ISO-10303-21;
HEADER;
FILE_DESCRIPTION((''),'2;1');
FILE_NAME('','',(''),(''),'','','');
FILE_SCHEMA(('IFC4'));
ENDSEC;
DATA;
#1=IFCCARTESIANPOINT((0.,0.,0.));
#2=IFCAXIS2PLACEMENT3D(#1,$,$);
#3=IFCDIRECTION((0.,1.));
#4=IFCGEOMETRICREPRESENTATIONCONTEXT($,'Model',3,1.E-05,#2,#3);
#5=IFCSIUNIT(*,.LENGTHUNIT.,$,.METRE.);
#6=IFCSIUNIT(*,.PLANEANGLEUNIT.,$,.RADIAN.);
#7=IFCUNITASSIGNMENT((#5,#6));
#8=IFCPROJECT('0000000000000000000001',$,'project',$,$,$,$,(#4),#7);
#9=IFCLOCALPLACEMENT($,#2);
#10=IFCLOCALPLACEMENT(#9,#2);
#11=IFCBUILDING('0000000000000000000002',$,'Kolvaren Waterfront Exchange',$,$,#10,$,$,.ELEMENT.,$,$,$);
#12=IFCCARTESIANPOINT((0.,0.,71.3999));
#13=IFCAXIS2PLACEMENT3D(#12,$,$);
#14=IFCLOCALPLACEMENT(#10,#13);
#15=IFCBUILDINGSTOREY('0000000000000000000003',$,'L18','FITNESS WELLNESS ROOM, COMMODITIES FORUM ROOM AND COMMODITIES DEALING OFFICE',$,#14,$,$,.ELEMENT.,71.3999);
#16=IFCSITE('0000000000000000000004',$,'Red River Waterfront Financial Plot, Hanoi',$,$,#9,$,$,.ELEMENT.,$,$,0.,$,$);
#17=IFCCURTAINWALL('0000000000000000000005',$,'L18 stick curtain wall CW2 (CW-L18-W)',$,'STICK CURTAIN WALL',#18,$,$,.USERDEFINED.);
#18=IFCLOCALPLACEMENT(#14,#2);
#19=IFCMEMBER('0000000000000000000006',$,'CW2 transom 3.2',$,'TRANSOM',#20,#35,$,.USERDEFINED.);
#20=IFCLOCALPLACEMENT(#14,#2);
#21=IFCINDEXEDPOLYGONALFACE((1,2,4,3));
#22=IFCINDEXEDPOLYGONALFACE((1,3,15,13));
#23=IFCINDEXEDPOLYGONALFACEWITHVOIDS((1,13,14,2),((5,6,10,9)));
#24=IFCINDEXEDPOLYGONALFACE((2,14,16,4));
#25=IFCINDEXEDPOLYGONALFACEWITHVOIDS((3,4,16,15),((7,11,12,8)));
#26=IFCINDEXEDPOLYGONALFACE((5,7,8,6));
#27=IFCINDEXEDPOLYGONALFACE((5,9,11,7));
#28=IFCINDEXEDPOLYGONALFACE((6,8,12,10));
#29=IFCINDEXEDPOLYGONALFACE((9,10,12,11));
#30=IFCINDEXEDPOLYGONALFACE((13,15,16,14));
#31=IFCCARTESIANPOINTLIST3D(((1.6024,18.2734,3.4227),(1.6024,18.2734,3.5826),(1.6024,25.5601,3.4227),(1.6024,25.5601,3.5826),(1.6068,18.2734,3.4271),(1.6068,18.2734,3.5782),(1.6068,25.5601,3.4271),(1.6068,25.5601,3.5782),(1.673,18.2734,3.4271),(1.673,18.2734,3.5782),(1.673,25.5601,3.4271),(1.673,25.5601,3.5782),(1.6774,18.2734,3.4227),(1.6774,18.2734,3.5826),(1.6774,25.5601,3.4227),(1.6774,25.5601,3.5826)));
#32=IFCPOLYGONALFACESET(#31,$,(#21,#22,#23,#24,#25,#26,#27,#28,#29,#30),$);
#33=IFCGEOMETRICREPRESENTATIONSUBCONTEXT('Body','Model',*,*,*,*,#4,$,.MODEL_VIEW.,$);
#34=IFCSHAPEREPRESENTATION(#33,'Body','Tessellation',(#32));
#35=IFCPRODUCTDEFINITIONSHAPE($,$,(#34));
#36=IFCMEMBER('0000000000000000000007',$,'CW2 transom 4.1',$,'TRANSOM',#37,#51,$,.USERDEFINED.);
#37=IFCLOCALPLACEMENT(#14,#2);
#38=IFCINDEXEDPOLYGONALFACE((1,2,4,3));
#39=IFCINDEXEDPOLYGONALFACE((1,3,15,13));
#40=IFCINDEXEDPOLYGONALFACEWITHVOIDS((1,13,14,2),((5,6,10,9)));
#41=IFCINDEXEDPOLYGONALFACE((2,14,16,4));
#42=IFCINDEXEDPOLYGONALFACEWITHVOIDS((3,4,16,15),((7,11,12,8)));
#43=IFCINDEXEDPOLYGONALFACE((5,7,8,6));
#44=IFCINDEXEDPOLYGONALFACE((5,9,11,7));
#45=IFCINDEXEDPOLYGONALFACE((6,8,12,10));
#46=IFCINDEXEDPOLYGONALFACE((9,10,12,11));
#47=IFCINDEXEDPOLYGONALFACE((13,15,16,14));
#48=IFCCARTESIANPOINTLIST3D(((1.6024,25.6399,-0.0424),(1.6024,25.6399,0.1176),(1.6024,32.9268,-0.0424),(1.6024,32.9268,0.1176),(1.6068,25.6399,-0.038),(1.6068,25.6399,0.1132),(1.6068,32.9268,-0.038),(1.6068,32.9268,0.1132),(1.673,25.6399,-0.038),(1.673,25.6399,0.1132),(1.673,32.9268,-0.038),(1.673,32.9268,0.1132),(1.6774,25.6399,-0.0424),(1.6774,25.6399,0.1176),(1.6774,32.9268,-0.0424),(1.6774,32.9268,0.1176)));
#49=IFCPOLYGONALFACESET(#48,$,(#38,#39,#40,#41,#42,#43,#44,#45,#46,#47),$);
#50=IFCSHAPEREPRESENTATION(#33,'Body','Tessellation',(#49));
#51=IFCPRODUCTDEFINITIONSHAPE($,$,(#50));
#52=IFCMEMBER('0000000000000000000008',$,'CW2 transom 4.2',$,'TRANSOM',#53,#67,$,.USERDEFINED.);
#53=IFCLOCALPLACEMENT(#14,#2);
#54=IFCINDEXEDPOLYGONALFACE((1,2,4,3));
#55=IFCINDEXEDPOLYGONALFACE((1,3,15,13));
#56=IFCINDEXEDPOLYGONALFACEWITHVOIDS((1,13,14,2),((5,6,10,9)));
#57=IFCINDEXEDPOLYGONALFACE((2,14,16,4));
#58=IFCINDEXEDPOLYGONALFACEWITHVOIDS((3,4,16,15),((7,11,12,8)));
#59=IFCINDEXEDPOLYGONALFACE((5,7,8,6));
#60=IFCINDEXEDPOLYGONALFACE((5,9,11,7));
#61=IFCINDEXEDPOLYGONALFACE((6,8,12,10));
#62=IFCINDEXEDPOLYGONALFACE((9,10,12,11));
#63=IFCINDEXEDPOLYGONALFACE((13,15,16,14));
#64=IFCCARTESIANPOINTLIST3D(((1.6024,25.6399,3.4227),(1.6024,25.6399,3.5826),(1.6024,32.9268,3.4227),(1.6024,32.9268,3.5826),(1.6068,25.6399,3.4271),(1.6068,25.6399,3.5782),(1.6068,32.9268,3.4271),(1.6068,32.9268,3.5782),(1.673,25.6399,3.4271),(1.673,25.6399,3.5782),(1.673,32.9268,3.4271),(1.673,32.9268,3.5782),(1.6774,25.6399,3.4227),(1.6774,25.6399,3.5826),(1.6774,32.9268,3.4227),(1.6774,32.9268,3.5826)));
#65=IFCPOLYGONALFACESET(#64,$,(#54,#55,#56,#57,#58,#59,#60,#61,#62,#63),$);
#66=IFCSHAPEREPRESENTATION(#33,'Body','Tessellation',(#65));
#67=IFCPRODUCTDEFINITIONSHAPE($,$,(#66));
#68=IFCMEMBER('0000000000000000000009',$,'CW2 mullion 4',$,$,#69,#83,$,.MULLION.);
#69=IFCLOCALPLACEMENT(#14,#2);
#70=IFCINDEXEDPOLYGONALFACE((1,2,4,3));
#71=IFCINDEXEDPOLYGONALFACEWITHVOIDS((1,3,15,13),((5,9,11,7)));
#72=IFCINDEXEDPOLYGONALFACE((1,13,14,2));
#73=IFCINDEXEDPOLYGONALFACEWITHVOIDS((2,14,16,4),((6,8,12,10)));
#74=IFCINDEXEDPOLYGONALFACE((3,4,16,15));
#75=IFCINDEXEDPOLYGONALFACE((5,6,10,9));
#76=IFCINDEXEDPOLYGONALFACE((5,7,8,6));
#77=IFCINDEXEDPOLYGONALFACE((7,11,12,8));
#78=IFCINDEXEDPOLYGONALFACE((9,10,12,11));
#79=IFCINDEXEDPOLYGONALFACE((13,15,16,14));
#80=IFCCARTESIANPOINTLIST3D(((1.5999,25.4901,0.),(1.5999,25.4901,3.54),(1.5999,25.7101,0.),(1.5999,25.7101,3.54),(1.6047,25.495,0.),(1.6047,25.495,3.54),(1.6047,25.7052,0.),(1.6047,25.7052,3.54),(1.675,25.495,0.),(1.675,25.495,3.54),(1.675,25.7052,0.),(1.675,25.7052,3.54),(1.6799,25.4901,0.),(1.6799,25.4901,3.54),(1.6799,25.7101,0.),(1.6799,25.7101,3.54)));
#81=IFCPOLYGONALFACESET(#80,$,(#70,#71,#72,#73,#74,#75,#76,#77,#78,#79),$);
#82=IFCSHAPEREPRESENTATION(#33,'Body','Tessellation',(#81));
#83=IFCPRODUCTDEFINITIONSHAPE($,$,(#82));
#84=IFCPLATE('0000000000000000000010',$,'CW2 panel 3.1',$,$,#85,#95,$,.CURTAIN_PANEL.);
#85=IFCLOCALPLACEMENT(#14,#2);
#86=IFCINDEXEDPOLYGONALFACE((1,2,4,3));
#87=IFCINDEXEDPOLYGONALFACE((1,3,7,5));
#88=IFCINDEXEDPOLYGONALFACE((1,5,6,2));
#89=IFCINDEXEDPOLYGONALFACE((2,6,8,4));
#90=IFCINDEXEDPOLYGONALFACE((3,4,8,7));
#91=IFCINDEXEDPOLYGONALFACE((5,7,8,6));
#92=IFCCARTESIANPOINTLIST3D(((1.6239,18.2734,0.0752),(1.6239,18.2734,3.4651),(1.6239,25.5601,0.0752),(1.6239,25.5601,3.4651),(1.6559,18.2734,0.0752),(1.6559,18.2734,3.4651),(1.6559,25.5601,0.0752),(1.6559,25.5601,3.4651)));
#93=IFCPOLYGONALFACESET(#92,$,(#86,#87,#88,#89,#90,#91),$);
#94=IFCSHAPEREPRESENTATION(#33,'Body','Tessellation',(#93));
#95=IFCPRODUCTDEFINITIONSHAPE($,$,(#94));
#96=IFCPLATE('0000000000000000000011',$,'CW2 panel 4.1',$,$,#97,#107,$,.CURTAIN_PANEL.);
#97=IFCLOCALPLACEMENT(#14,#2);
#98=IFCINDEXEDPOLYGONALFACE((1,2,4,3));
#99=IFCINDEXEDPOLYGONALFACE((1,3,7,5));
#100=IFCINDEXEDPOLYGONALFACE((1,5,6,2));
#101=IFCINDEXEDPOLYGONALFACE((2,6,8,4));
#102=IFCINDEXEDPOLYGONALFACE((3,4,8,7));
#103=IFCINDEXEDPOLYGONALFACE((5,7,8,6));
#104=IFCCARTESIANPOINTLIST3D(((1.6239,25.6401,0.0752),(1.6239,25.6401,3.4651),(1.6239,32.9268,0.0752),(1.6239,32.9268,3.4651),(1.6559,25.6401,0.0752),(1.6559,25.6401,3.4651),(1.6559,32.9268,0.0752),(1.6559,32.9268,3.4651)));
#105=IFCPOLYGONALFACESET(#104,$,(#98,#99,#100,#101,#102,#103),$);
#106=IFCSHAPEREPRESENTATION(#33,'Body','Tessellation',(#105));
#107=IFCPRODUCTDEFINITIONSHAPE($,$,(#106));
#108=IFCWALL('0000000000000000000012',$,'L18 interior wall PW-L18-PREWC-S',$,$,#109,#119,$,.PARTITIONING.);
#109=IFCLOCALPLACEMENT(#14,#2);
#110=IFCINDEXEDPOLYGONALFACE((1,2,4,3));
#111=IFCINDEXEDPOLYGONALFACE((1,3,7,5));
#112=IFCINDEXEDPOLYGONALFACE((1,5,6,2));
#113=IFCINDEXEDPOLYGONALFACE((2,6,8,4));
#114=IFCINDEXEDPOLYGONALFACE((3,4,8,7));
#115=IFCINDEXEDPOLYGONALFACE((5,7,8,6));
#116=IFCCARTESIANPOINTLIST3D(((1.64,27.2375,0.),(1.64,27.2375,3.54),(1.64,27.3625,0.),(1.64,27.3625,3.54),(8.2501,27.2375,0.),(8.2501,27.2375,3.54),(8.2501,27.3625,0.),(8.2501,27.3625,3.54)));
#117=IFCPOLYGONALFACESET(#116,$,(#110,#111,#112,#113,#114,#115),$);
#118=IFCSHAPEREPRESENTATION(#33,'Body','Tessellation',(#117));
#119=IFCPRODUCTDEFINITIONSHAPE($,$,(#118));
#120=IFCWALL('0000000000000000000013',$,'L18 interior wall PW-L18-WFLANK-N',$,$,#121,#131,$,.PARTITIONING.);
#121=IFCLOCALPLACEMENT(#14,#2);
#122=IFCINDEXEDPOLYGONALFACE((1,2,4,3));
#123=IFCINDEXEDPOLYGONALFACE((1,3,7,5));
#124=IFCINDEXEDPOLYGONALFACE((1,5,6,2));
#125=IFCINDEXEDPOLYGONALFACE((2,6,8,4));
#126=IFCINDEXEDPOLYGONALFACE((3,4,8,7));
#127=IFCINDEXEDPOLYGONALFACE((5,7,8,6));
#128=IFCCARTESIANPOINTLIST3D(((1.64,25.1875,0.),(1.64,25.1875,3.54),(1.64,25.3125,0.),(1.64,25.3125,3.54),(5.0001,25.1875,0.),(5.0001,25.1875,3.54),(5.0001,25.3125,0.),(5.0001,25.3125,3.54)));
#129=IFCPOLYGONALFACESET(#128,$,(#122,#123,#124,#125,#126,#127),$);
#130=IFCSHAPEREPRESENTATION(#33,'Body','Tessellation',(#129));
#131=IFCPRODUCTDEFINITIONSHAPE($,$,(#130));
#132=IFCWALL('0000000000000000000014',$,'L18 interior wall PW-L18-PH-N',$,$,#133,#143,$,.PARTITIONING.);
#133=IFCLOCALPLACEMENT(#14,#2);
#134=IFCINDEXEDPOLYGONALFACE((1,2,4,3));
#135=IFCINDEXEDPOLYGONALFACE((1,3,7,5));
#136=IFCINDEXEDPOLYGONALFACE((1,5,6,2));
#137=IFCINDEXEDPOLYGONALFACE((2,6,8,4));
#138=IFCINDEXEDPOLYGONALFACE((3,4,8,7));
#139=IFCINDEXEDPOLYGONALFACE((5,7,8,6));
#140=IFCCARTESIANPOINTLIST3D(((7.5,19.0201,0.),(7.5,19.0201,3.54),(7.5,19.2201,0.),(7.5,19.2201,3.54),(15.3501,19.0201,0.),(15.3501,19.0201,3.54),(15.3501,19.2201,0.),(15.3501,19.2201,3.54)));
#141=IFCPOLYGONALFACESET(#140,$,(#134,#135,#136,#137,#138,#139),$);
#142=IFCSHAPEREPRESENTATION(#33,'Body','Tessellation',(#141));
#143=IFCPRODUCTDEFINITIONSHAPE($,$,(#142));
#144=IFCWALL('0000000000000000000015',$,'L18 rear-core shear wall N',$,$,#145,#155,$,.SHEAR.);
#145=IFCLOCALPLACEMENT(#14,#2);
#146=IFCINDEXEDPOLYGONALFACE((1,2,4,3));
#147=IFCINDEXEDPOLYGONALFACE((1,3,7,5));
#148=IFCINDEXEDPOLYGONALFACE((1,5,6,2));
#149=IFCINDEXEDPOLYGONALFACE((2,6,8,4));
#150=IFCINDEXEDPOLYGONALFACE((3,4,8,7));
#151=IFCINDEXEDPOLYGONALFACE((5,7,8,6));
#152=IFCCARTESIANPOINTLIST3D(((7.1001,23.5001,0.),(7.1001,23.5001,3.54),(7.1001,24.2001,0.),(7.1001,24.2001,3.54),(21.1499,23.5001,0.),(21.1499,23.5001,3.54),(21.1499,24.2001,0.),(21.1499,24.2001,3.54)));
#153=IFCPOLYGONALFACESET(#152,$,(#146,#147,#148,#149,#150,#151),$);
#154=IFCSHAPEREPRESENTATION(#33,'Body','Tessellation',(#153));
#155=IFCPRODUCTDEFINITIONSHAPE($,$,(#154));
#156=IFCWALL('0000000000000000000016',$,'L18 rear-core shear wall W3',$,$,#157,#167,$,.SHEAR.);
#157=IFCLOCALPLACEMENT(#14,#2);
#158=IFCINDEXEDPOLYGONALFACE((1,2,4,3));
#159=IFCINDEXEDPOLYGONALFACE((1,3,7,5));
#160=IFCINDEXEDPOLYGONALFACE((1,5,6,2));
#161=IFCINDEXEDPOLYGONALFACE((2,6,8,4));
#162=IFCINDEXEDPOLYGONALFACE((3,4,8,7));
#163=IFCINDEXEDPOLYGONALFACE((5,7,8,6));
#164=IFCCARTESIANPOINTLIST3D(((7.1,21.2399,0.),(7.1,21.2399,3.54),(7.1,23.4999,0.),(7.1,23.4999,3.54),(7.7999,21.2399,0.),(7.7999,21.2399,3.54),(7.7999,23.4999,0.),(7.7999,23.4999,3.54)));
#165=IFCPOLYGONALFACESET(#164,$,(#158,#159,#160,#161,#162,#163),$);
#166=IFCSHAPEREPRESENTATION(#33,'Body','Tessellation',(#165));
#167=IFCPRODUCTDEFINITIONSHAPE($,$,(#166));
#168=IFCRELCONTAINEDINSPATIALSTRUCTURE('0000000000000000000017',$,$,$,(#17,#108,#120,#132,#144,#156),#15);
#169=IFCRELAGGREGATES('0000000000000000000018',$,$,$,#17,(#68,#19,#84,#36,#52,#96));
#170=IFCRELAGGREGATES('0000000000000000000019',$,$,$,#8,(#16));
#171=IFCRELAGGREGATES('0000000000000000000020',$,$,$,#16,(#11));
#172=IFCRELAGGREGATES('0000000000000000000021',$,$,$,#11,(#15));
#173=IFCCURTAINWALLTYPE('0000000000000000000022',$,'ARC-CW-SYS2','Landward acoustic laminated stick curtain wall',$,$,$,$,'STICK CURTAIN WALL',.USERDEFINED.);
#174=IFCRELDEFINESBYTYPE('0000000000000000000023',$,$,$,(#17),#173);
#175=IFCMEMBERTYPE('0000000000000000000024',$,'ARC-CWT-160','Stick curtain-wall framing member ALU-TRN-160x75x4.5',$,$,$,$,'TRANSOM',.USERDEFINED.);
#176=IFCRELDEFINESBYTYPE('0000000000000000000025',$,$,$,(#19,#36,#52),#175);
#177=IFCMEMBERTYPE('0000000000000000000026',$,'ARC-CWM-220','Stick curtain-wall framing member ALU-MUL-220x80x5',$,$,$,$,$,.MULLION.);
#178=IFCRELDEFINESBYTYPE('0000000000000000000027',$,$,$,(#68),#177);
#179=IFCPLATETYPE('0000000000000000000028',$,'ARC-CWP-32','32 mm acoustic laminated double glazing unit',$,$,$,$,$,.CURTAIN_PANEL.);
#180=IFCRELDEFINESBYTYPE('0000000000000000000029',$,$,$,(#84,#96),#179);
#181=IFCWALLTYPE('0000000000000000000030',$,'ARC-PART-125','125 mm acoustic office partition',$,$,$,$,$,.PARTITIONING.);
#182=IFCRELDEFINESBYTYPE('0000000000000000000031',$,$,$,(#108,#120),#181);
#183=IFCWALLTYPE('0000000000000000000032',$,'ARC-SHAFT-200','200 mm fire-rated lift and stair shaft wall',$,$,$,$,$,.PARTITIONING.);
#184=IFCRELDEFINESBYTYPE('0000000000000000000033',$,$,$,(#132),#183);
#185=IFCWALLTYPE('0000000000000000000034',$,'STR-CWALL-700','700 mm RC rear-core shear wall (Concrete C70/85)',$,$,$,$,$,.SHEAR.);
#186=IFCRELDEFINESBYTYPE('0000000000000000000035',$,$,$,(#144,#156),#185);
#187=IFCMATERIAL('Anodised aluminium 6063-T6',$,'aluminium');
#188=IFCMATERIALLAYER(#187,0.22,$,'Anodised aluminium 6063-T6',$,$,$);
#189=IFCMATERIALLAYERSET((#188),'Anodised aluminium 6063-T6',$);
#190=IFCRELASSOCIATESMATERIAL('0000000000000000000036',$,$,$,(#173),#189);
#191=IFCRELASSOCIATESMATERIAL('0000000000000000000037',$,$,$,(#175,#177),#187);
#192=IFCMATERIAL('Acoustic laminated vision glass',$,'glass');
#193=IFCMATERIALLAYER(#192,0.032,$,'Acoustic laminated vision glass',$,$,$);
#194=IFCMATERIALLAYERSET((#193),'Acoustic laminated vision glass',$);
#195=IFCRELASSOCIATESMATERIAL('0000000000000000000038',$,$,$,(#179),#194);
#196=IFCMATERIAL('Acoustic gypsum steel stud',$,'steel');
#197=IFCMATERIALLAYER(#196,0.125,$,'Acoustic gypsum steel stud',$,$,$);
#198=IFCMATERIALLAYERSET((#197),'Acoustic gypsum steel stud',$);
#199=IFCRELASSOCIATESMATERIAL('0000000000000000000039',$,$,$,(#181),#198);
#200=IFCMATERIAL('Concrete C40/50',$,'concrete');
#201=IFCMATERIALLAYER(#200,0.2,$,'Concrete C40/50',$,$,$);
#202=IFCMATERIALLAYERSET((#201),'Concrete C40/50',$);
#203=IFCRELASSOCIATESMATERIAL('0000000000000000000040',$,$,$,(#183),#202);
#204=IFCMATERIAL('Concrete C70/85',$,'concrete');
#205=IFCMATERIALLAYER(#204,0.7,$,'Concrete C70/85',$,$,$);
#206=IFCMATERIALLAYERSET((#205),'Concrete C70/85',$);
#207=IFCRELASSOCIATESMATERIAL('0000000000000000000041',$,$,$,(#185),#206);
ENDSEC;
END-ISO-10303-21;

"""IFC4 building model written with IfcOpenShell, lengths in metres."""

from ifc_helpers import new_model, si_unit, direction, frame, frame_2d, origin, origin_with_axes, origin_2d, place, context, subcontext, project, spatial, rectangle, hollow_rectangle, extrude, source, transform, mapped, material, layer, layer_set, material_profile, profile_set, type_object, element, aggregate, save


model = new_model("IFC4")

# Units and contexts
model_context = context("Model", 3, precision=1e-05, world=origin(), true_north=direction((0.0, 1.0)))
body_context = subcontext(model_context, "Body", "Model", "MODEL_VIEW")
ifc_project = project(units=[si_unit("LENGTHUNIT", "METRE"), si_unit("PLANEANGLEUNIT", "RADIAN")], contexts=[model_context])

# Site, building, storey
site_placement = place(None, origin())
site = spatial("IfcSite", under=ifc_project, at=site_placement, Name="Red River Waterfront Financial Plot, Hanoi", CompositionType="ELEMENT", RefElevation=0.0)
building_placement = place(site_placement, origin())
building = spatial("IfcBuilding", under=site, at=building_placement, Name="Kolvaren Waterfront Exchange", CompositionType="ELEMENT")
storey_placement = place(building_placement, frame((0.0, 0.0, 71.3999)))
storey = spatial("IfcBuildingStorey", under=building, at=storey_placement, Name="L18", Description="FITNESS WELLNESS ROOM, COMMODITIES FORUM ROOM AND COMMODITIES DEALING OFFICE", CompositionType="ELEMENT", Elevation=71.3999)

# Shared definitions
ifc_material_1 = material(Name="Concrete C70/85", Category="concrete")

# Curtain wall, members, plates
ifc_material_2 = material(Name="Anodised aluminium 6063-T6", Category="aluminium")
ifc_layer_1 = layer(ifc_material_2, 0.22, Name="Anodised aluminium 6063-T6")
ifc_layer_set_1 = layer_set([ifc_layer_1], Name="Anodised aluminium 6063-T6")
curtain_wall_type = type_object("IfcCurtainWallType", Name="ARC-CW-SYS2", Description="Landward acoustic laminated stick curtain wall", ElementType="STICK CURTAIN WALL", PredefinedType="USERDEFINED", material=ifc_layer_set_1)
curtain_wall_placement = place(storey_placement, origin())
curtain_wall = element("IfcCurtainWall", 1, at=curtain_wall_placement, inside=storey, type_object=curtain_wall_type, Name="L18 stick curtain wall CW2 (CW-L18-W)", ObjectType="STICK CURTAIN WALL", PredefinedType="USERDEFINED")
ifc_material_profile_1 = material_profile(ifc_material_2, hollow_rectangle(XDim=0.075, YDim=0.1599, WallThickness=0.0044, at=origin_2d()), Name="ALU-TRN-160x75x4.5")
ifc_profile_set_1 = profile_set([ifc_material_profile_1], Name="Anodised aluminium 6063-T6")
member_type_1 = type_object("IfcMemberType", Name="ARC-CWT-160", Description="Stick curtain-wall framing member ALU-TRN-160x75x4.5", ElementType="TRANSOM", PredefinedType="USERDEFINED", material=ifc_profile_set_1)
shared_shape_1 = source(origin_with_axes(), body_context, "Body", "SweptSolid", [
    extrude(hollow_rectangle(XDim=0.075, YDim=0.1599, WallThickness=0.0044, at=origin_2d()), origin(), (0.0, 0.0, 1.0), 7.2866),
])
member_1_placement = place(storey_placement, frame((1.6399, 18.2734, 3.5027), z_axis=(0.0, 1.0, 0.0), x_axis=(-1.0, 0.0, 0.0)))
member_1 = element("IfcMember", 2, at=member_1_placement, type_object=member_type_1, Name="CW2 transom 3.2", ObjectType="TRANSOM", PredefinedType="USERDEFINED", context=body_context, shape_type="MappedRepresentation", body=[
    mapped(shared_shape_1, transform((0.0, 0.0, 0.0), x_axis=(1.0, 0.0, 0.0), y_axis=(0.0, 1.0, 0.0), z_axis=(0.0, 0.0, 1.0), scale=1.0)),
])
shared_shape_2 = source(origin_with_axes(), body_context, "Body", "SweptSolid", [
    extrude(hollow_rectangle(XDim=0.075, YDim=0.1599, WallThickness=0.0044, at=origin_2d()), origin(), (0.0, 0.0, 1.0), 7.2869),
])
member_2_placement = place(storey_placement, frame((1.6399, 25.6399, 0.0376), z_axis=(0.0, 1.0, 0.0), x_axis=(-1.0, 0.0, 0.0)))
member_2 = element("IfcMember", 3, at=member_2_placement, type_object=member_type_1, Name="CW2 transom 4.1", ObjectType="TRANSOM", PredefinedType="USERDEFINED", context=body_context, shape_type="MappedRepresentation", body=[
    mapped(shared_shape_2, transform((0.0, 0.0, 0.0), x_axis=(1.0, 0.0, 0.0), y_axis=(0.0, 1.0, 0.0), z_axis=(0.0, 0.0, 1.0), scale=1.0)),
])
member_3_placement = place(storey_placement, frame((1.6399, 25.6399, 3.5027), z_axis=(0.0, 1.0, 0.0), x_axis=(-1.0, 0.0, 0.0)))
member_3 = element("IfcMember", 4, at=member_3_placement, type_object=member_type_1, Name="CW2 transom 4.2", ObjectType="TRANSOM", PredefinedType="USERDEFINED", context=body_context, shape_type="MappedRepresentation", body=[
    mapped(shared_shape_2, transform((0.0, 0.0, 0.0), x_axis=(1.0, 0.0, 0.0), y_axis=(0.0, 1.0, 0.0), z_axis=(0.0, 0.0, 1.0), scale=1.0)),
])
ifc_material_profile_2 = material_profile(ifc_material_2, hollow_rectangle(XDim=0.0801, YDim=0.22, WallThickness=0.0049, at=origin_2d()), Name="ALU-MUL-220x80x5")
ifc_profile_set_2 = profile_set([ifc_material_profile_2], Name="Anodised aluminium 6063-T6")
member_type_2 = type_object("IfcMemberType", Name="ARC-CWM-220", Description="Stick curtain-wall framing member ALU-MUL-220x80x5", PredefinedType="MULLION", material=ifc_profile_set_2)
shared_shape_3 = source(origin_with_axes(), body_context, "Body", "SweptSolid", [
    extrude(hollow_rectangle(XDim=0.0801, YDim=0.22, WallThickness=0.0049, at=origin_2d()), origin(), (0.0, 0.0, 1.0), 3.54),
])
member_4_placement = place(storey_placement, frame((1.6399, 25.6001, 0.0), z_axis=(0.0, 0.0, 1.0), x_axis=(-1.0, 0.0, 0.0)))
member_4 = element("IfcMember", 5, at=member_4_placement, type_object=member_type_2, Name="CW2 mullion 4", PredefinedType="MULLION", context=body_context, shape_type="MappedRepresentation", body=[
    mapped(shared_shape_3, transform((0.0, 0.0, 0.0), x_axis=(1.0, 0.0, 0.0), y_axis=(0.0, 1.0, 0.0), z_axis=(0.0, 0.0, 1.0), scale=1.0)),
])
ifc_material_3 = material(Name="Acoustic laminated vision glass", Category="glass")
ifc_layer_2 = layer(ifc_material_3, 0.032, Name="Acoustic laminated vision glass")
ifc_layer_set_2 = layer_set([ifc_layer_2], Name="Acoustic laminated vision glass")
plate_type = type_object("IfcPlateType", Name="ARC-CWP-32", Description="32 mm acoustic laminated double glazing unit", PredefinedType="CURTAIN_PANEL", material=ifc_layer_set_2)
shared_shape_4 = source(origin_with_axes(), body_context, "Body", "SweptSolid", [
    extrude(rectangle(XDim=7.2866, YDim=0.032, at=origin_2d()), origin(), (0.0, 0.0, 1.0), 3.3899),
])
plate_1_placement = place(storey_placement, frame((1.6399, 21.9167, 0.0752), z_axis=(0.0, 0.0, 1.0), x_axis=(0.0, 1.0, 0.0)))
plate_1 = element("IfcPlate", 6, at=plate_1_placement, type_object=plate_type, Name="CW2 panel 3.1", PredefinedType="CURTAIN_PANEL", context=body_context, shape_type="MappedRepresentation", body=[
    mapped(shared_shape_4, transform((0.0, 0.0, 0.0), x_axis=(1.0, 0.0, 0.0), y_axis=(0.0, 1.0, 0.0), z_axis=(0.0, 0.0, 1.0), scale=1.0)),
])
plate_2_placement = place(storey_placement, frame((1.6399, 29.2834, 0.0752), z_axis=(0.0, 0.0, 1.0), x_axis=(0.0, 1.0, 0.0)))
plate_2 = element("IfcPlate", 7, at=plate_2_placement, type_object=plate_type, Name="CW2 panel 4.1", PredefinedType="CURTAIN_PANEL", context=body_context, shape_type="MappedRepresentation", body=[
    mapped(shared_shape_4, transform((0.0, 0.0, 0.0), x_axis=(1.0, 0.0, 0.0), y_axis=(0.0, 1.0, 0.0), z_axis=(0.0, 0.0, 1.0), scale=1.0)),
])
aggregate(curtain_wall, [member_4, member_1, plate_1, member_2, member_3, plate_2])

# Walls
ifc_material_4 = material(Name="Acoustic gypsum steel stud", Category="steel")
ifc_layer_3 = layer(ifc_material_4, 0.125, Name="Acoustic gypsum steel stud")
ifc_layer_set_3 = layer_set([ifc_layer_3], Name="Acoustic gypsum steel stud")
wall_type_1 = type_object("IfcWallType", Name="ARC-PART-125", Description="125 mm acoustic office partition", PredefinedType="PARTITIONING", material=ifc_layer_set_3)
wall_1_placement = place(storey_placement, frame((1.6399, 27.3, 0.0), z_axis=(0.0, 0.0, 1.0), x_axis=(1.0, 0.0, 0.0)))
element("IfcWall", 8, at=wall_1_placement, inside=storey, type_object=wall_type_1, Name="L18 interior wall PW-L18-PREWC-S", PredefinedType="PARTITIONING", context=body_context, shape_type="SweptSolid", body=[
    extrude(rectangle(XDim=6.6101, YDim=0.125, at=frame_2d((3.3052, 0.0))), origin(), (0.0, 0.0, 1.0), 3.54),
])
wall_2_placement = place(storey_placement, frame((1.6399, 25.25, 0.0), z_axis=(0.0, 0.0, 1.0), x_axis=(1.0, 0.0, 0.0)))
element("IfcWall", 9, at=wall_2_placement, inside=storey, type_object=wall_type_1, Name="L18 interior wall PW-L18-WFLANK-N", PredefinedType="PARTITIONING", context=body_context, shape_type="SweptSolid", body=[
    extrude(rectangle(XDim=3.3601, YDim=0.125, at=frame_2d((1.6802, 0.0))), origin(), (0.0, 0.0, 1.0), 3.54),
])
ifc_material_5 = material(Name="Concrete C40/50", Category="concrete")
ifc_layer_4 = layer(ifc_material_5, 0.2, Name="Concrete C40/50")
ifc_layer_set_4 = layer_set([ifc_layer_4], Name="Concrete C40/50")
wall_type_2 = type_object("IfcWallType", Name="ARC-SHAFT-200", Description="200 mm fire-rated lift and stair shaft wall", PredefinedType="PARTITIONING", material=ifc_layer_set_4)
wall_3_placement = place(storey_placement, frame((7.5, 19.1201, 0.0), z_axis=(0.0, 0.0, 1.0), x_axis=(1.0, 0.0, 0.0)))
element("IfcWall", 10, at=wall_3_placement, inside=storey, type_object=wall_type_2, Name="L18 interior wall PW-L18-PH-N", PredefinedType="PARTITIONING", context=body_context, shape_type="SweptSolid", body=[
    extrude(rectangle(XDim=7.8501, YDim=0.2, at=frame_2d((3.925, 0.0))), origin(), (0.0, 0.0, 1.0), 3.54),
])
ifc_layer_5 = layer(ifc_material_1, 0.7, Name="Concrete C70/85")
ifc_layer_set_5 = layer_set([ifc_layer_5], Name="Concrete C70/85")
wall_type_3 = type_object("IfcWallType", Name="STR-CWALL-700", Description="700 mm RC rear-core shear wall (Concrete C70/85)", PredefinedType="SHEAR", material=ifc_layer_set_5)
wall_4_placement = place(storey_placement, frame((7.1001, 23.8501, 0.0), z_axis=(0.0, 0.0, 1.0), x_axis=(1.0, 0.0, 0.0)))
element("IfcWall", 11, at=wall_4_placement, inside=storey, type_object=wall_type_3, Name="L18 rear-core shear wall N", PredefinedType="SHEAR", context=body_context, shape_type="SweptSolid", body=[
    extrude(rectangle(XDim=14.0498, YDim=0.7, at=frame_2d((7.0249, 0.0))), origin(), (0.0, 0.0, 1.0), 3.54),
])
wall_5_placement = place(storey_placement, frame((7.45, 21.24, 0.0), z_axis=(0.0, 0.0, 1.0), x_axis=(0.0, 1.0, 0.0)))
element("IfcWall", 12, at=wall_5_placement, inside=storey, type_object=wall_type_3, Name="L18 rear-core shear wall W3", PredefinedType="SHEAR", context=body_context, shape_type="SweptSolid", body=[
    extrude(rectangle(XDim=2.26, YDim=0.7, at=frame_2d((1.1299, 0.0))), origin(), (0.0, 0.0, 1.0), 3.54),
])

save(model, "model.ifc")
